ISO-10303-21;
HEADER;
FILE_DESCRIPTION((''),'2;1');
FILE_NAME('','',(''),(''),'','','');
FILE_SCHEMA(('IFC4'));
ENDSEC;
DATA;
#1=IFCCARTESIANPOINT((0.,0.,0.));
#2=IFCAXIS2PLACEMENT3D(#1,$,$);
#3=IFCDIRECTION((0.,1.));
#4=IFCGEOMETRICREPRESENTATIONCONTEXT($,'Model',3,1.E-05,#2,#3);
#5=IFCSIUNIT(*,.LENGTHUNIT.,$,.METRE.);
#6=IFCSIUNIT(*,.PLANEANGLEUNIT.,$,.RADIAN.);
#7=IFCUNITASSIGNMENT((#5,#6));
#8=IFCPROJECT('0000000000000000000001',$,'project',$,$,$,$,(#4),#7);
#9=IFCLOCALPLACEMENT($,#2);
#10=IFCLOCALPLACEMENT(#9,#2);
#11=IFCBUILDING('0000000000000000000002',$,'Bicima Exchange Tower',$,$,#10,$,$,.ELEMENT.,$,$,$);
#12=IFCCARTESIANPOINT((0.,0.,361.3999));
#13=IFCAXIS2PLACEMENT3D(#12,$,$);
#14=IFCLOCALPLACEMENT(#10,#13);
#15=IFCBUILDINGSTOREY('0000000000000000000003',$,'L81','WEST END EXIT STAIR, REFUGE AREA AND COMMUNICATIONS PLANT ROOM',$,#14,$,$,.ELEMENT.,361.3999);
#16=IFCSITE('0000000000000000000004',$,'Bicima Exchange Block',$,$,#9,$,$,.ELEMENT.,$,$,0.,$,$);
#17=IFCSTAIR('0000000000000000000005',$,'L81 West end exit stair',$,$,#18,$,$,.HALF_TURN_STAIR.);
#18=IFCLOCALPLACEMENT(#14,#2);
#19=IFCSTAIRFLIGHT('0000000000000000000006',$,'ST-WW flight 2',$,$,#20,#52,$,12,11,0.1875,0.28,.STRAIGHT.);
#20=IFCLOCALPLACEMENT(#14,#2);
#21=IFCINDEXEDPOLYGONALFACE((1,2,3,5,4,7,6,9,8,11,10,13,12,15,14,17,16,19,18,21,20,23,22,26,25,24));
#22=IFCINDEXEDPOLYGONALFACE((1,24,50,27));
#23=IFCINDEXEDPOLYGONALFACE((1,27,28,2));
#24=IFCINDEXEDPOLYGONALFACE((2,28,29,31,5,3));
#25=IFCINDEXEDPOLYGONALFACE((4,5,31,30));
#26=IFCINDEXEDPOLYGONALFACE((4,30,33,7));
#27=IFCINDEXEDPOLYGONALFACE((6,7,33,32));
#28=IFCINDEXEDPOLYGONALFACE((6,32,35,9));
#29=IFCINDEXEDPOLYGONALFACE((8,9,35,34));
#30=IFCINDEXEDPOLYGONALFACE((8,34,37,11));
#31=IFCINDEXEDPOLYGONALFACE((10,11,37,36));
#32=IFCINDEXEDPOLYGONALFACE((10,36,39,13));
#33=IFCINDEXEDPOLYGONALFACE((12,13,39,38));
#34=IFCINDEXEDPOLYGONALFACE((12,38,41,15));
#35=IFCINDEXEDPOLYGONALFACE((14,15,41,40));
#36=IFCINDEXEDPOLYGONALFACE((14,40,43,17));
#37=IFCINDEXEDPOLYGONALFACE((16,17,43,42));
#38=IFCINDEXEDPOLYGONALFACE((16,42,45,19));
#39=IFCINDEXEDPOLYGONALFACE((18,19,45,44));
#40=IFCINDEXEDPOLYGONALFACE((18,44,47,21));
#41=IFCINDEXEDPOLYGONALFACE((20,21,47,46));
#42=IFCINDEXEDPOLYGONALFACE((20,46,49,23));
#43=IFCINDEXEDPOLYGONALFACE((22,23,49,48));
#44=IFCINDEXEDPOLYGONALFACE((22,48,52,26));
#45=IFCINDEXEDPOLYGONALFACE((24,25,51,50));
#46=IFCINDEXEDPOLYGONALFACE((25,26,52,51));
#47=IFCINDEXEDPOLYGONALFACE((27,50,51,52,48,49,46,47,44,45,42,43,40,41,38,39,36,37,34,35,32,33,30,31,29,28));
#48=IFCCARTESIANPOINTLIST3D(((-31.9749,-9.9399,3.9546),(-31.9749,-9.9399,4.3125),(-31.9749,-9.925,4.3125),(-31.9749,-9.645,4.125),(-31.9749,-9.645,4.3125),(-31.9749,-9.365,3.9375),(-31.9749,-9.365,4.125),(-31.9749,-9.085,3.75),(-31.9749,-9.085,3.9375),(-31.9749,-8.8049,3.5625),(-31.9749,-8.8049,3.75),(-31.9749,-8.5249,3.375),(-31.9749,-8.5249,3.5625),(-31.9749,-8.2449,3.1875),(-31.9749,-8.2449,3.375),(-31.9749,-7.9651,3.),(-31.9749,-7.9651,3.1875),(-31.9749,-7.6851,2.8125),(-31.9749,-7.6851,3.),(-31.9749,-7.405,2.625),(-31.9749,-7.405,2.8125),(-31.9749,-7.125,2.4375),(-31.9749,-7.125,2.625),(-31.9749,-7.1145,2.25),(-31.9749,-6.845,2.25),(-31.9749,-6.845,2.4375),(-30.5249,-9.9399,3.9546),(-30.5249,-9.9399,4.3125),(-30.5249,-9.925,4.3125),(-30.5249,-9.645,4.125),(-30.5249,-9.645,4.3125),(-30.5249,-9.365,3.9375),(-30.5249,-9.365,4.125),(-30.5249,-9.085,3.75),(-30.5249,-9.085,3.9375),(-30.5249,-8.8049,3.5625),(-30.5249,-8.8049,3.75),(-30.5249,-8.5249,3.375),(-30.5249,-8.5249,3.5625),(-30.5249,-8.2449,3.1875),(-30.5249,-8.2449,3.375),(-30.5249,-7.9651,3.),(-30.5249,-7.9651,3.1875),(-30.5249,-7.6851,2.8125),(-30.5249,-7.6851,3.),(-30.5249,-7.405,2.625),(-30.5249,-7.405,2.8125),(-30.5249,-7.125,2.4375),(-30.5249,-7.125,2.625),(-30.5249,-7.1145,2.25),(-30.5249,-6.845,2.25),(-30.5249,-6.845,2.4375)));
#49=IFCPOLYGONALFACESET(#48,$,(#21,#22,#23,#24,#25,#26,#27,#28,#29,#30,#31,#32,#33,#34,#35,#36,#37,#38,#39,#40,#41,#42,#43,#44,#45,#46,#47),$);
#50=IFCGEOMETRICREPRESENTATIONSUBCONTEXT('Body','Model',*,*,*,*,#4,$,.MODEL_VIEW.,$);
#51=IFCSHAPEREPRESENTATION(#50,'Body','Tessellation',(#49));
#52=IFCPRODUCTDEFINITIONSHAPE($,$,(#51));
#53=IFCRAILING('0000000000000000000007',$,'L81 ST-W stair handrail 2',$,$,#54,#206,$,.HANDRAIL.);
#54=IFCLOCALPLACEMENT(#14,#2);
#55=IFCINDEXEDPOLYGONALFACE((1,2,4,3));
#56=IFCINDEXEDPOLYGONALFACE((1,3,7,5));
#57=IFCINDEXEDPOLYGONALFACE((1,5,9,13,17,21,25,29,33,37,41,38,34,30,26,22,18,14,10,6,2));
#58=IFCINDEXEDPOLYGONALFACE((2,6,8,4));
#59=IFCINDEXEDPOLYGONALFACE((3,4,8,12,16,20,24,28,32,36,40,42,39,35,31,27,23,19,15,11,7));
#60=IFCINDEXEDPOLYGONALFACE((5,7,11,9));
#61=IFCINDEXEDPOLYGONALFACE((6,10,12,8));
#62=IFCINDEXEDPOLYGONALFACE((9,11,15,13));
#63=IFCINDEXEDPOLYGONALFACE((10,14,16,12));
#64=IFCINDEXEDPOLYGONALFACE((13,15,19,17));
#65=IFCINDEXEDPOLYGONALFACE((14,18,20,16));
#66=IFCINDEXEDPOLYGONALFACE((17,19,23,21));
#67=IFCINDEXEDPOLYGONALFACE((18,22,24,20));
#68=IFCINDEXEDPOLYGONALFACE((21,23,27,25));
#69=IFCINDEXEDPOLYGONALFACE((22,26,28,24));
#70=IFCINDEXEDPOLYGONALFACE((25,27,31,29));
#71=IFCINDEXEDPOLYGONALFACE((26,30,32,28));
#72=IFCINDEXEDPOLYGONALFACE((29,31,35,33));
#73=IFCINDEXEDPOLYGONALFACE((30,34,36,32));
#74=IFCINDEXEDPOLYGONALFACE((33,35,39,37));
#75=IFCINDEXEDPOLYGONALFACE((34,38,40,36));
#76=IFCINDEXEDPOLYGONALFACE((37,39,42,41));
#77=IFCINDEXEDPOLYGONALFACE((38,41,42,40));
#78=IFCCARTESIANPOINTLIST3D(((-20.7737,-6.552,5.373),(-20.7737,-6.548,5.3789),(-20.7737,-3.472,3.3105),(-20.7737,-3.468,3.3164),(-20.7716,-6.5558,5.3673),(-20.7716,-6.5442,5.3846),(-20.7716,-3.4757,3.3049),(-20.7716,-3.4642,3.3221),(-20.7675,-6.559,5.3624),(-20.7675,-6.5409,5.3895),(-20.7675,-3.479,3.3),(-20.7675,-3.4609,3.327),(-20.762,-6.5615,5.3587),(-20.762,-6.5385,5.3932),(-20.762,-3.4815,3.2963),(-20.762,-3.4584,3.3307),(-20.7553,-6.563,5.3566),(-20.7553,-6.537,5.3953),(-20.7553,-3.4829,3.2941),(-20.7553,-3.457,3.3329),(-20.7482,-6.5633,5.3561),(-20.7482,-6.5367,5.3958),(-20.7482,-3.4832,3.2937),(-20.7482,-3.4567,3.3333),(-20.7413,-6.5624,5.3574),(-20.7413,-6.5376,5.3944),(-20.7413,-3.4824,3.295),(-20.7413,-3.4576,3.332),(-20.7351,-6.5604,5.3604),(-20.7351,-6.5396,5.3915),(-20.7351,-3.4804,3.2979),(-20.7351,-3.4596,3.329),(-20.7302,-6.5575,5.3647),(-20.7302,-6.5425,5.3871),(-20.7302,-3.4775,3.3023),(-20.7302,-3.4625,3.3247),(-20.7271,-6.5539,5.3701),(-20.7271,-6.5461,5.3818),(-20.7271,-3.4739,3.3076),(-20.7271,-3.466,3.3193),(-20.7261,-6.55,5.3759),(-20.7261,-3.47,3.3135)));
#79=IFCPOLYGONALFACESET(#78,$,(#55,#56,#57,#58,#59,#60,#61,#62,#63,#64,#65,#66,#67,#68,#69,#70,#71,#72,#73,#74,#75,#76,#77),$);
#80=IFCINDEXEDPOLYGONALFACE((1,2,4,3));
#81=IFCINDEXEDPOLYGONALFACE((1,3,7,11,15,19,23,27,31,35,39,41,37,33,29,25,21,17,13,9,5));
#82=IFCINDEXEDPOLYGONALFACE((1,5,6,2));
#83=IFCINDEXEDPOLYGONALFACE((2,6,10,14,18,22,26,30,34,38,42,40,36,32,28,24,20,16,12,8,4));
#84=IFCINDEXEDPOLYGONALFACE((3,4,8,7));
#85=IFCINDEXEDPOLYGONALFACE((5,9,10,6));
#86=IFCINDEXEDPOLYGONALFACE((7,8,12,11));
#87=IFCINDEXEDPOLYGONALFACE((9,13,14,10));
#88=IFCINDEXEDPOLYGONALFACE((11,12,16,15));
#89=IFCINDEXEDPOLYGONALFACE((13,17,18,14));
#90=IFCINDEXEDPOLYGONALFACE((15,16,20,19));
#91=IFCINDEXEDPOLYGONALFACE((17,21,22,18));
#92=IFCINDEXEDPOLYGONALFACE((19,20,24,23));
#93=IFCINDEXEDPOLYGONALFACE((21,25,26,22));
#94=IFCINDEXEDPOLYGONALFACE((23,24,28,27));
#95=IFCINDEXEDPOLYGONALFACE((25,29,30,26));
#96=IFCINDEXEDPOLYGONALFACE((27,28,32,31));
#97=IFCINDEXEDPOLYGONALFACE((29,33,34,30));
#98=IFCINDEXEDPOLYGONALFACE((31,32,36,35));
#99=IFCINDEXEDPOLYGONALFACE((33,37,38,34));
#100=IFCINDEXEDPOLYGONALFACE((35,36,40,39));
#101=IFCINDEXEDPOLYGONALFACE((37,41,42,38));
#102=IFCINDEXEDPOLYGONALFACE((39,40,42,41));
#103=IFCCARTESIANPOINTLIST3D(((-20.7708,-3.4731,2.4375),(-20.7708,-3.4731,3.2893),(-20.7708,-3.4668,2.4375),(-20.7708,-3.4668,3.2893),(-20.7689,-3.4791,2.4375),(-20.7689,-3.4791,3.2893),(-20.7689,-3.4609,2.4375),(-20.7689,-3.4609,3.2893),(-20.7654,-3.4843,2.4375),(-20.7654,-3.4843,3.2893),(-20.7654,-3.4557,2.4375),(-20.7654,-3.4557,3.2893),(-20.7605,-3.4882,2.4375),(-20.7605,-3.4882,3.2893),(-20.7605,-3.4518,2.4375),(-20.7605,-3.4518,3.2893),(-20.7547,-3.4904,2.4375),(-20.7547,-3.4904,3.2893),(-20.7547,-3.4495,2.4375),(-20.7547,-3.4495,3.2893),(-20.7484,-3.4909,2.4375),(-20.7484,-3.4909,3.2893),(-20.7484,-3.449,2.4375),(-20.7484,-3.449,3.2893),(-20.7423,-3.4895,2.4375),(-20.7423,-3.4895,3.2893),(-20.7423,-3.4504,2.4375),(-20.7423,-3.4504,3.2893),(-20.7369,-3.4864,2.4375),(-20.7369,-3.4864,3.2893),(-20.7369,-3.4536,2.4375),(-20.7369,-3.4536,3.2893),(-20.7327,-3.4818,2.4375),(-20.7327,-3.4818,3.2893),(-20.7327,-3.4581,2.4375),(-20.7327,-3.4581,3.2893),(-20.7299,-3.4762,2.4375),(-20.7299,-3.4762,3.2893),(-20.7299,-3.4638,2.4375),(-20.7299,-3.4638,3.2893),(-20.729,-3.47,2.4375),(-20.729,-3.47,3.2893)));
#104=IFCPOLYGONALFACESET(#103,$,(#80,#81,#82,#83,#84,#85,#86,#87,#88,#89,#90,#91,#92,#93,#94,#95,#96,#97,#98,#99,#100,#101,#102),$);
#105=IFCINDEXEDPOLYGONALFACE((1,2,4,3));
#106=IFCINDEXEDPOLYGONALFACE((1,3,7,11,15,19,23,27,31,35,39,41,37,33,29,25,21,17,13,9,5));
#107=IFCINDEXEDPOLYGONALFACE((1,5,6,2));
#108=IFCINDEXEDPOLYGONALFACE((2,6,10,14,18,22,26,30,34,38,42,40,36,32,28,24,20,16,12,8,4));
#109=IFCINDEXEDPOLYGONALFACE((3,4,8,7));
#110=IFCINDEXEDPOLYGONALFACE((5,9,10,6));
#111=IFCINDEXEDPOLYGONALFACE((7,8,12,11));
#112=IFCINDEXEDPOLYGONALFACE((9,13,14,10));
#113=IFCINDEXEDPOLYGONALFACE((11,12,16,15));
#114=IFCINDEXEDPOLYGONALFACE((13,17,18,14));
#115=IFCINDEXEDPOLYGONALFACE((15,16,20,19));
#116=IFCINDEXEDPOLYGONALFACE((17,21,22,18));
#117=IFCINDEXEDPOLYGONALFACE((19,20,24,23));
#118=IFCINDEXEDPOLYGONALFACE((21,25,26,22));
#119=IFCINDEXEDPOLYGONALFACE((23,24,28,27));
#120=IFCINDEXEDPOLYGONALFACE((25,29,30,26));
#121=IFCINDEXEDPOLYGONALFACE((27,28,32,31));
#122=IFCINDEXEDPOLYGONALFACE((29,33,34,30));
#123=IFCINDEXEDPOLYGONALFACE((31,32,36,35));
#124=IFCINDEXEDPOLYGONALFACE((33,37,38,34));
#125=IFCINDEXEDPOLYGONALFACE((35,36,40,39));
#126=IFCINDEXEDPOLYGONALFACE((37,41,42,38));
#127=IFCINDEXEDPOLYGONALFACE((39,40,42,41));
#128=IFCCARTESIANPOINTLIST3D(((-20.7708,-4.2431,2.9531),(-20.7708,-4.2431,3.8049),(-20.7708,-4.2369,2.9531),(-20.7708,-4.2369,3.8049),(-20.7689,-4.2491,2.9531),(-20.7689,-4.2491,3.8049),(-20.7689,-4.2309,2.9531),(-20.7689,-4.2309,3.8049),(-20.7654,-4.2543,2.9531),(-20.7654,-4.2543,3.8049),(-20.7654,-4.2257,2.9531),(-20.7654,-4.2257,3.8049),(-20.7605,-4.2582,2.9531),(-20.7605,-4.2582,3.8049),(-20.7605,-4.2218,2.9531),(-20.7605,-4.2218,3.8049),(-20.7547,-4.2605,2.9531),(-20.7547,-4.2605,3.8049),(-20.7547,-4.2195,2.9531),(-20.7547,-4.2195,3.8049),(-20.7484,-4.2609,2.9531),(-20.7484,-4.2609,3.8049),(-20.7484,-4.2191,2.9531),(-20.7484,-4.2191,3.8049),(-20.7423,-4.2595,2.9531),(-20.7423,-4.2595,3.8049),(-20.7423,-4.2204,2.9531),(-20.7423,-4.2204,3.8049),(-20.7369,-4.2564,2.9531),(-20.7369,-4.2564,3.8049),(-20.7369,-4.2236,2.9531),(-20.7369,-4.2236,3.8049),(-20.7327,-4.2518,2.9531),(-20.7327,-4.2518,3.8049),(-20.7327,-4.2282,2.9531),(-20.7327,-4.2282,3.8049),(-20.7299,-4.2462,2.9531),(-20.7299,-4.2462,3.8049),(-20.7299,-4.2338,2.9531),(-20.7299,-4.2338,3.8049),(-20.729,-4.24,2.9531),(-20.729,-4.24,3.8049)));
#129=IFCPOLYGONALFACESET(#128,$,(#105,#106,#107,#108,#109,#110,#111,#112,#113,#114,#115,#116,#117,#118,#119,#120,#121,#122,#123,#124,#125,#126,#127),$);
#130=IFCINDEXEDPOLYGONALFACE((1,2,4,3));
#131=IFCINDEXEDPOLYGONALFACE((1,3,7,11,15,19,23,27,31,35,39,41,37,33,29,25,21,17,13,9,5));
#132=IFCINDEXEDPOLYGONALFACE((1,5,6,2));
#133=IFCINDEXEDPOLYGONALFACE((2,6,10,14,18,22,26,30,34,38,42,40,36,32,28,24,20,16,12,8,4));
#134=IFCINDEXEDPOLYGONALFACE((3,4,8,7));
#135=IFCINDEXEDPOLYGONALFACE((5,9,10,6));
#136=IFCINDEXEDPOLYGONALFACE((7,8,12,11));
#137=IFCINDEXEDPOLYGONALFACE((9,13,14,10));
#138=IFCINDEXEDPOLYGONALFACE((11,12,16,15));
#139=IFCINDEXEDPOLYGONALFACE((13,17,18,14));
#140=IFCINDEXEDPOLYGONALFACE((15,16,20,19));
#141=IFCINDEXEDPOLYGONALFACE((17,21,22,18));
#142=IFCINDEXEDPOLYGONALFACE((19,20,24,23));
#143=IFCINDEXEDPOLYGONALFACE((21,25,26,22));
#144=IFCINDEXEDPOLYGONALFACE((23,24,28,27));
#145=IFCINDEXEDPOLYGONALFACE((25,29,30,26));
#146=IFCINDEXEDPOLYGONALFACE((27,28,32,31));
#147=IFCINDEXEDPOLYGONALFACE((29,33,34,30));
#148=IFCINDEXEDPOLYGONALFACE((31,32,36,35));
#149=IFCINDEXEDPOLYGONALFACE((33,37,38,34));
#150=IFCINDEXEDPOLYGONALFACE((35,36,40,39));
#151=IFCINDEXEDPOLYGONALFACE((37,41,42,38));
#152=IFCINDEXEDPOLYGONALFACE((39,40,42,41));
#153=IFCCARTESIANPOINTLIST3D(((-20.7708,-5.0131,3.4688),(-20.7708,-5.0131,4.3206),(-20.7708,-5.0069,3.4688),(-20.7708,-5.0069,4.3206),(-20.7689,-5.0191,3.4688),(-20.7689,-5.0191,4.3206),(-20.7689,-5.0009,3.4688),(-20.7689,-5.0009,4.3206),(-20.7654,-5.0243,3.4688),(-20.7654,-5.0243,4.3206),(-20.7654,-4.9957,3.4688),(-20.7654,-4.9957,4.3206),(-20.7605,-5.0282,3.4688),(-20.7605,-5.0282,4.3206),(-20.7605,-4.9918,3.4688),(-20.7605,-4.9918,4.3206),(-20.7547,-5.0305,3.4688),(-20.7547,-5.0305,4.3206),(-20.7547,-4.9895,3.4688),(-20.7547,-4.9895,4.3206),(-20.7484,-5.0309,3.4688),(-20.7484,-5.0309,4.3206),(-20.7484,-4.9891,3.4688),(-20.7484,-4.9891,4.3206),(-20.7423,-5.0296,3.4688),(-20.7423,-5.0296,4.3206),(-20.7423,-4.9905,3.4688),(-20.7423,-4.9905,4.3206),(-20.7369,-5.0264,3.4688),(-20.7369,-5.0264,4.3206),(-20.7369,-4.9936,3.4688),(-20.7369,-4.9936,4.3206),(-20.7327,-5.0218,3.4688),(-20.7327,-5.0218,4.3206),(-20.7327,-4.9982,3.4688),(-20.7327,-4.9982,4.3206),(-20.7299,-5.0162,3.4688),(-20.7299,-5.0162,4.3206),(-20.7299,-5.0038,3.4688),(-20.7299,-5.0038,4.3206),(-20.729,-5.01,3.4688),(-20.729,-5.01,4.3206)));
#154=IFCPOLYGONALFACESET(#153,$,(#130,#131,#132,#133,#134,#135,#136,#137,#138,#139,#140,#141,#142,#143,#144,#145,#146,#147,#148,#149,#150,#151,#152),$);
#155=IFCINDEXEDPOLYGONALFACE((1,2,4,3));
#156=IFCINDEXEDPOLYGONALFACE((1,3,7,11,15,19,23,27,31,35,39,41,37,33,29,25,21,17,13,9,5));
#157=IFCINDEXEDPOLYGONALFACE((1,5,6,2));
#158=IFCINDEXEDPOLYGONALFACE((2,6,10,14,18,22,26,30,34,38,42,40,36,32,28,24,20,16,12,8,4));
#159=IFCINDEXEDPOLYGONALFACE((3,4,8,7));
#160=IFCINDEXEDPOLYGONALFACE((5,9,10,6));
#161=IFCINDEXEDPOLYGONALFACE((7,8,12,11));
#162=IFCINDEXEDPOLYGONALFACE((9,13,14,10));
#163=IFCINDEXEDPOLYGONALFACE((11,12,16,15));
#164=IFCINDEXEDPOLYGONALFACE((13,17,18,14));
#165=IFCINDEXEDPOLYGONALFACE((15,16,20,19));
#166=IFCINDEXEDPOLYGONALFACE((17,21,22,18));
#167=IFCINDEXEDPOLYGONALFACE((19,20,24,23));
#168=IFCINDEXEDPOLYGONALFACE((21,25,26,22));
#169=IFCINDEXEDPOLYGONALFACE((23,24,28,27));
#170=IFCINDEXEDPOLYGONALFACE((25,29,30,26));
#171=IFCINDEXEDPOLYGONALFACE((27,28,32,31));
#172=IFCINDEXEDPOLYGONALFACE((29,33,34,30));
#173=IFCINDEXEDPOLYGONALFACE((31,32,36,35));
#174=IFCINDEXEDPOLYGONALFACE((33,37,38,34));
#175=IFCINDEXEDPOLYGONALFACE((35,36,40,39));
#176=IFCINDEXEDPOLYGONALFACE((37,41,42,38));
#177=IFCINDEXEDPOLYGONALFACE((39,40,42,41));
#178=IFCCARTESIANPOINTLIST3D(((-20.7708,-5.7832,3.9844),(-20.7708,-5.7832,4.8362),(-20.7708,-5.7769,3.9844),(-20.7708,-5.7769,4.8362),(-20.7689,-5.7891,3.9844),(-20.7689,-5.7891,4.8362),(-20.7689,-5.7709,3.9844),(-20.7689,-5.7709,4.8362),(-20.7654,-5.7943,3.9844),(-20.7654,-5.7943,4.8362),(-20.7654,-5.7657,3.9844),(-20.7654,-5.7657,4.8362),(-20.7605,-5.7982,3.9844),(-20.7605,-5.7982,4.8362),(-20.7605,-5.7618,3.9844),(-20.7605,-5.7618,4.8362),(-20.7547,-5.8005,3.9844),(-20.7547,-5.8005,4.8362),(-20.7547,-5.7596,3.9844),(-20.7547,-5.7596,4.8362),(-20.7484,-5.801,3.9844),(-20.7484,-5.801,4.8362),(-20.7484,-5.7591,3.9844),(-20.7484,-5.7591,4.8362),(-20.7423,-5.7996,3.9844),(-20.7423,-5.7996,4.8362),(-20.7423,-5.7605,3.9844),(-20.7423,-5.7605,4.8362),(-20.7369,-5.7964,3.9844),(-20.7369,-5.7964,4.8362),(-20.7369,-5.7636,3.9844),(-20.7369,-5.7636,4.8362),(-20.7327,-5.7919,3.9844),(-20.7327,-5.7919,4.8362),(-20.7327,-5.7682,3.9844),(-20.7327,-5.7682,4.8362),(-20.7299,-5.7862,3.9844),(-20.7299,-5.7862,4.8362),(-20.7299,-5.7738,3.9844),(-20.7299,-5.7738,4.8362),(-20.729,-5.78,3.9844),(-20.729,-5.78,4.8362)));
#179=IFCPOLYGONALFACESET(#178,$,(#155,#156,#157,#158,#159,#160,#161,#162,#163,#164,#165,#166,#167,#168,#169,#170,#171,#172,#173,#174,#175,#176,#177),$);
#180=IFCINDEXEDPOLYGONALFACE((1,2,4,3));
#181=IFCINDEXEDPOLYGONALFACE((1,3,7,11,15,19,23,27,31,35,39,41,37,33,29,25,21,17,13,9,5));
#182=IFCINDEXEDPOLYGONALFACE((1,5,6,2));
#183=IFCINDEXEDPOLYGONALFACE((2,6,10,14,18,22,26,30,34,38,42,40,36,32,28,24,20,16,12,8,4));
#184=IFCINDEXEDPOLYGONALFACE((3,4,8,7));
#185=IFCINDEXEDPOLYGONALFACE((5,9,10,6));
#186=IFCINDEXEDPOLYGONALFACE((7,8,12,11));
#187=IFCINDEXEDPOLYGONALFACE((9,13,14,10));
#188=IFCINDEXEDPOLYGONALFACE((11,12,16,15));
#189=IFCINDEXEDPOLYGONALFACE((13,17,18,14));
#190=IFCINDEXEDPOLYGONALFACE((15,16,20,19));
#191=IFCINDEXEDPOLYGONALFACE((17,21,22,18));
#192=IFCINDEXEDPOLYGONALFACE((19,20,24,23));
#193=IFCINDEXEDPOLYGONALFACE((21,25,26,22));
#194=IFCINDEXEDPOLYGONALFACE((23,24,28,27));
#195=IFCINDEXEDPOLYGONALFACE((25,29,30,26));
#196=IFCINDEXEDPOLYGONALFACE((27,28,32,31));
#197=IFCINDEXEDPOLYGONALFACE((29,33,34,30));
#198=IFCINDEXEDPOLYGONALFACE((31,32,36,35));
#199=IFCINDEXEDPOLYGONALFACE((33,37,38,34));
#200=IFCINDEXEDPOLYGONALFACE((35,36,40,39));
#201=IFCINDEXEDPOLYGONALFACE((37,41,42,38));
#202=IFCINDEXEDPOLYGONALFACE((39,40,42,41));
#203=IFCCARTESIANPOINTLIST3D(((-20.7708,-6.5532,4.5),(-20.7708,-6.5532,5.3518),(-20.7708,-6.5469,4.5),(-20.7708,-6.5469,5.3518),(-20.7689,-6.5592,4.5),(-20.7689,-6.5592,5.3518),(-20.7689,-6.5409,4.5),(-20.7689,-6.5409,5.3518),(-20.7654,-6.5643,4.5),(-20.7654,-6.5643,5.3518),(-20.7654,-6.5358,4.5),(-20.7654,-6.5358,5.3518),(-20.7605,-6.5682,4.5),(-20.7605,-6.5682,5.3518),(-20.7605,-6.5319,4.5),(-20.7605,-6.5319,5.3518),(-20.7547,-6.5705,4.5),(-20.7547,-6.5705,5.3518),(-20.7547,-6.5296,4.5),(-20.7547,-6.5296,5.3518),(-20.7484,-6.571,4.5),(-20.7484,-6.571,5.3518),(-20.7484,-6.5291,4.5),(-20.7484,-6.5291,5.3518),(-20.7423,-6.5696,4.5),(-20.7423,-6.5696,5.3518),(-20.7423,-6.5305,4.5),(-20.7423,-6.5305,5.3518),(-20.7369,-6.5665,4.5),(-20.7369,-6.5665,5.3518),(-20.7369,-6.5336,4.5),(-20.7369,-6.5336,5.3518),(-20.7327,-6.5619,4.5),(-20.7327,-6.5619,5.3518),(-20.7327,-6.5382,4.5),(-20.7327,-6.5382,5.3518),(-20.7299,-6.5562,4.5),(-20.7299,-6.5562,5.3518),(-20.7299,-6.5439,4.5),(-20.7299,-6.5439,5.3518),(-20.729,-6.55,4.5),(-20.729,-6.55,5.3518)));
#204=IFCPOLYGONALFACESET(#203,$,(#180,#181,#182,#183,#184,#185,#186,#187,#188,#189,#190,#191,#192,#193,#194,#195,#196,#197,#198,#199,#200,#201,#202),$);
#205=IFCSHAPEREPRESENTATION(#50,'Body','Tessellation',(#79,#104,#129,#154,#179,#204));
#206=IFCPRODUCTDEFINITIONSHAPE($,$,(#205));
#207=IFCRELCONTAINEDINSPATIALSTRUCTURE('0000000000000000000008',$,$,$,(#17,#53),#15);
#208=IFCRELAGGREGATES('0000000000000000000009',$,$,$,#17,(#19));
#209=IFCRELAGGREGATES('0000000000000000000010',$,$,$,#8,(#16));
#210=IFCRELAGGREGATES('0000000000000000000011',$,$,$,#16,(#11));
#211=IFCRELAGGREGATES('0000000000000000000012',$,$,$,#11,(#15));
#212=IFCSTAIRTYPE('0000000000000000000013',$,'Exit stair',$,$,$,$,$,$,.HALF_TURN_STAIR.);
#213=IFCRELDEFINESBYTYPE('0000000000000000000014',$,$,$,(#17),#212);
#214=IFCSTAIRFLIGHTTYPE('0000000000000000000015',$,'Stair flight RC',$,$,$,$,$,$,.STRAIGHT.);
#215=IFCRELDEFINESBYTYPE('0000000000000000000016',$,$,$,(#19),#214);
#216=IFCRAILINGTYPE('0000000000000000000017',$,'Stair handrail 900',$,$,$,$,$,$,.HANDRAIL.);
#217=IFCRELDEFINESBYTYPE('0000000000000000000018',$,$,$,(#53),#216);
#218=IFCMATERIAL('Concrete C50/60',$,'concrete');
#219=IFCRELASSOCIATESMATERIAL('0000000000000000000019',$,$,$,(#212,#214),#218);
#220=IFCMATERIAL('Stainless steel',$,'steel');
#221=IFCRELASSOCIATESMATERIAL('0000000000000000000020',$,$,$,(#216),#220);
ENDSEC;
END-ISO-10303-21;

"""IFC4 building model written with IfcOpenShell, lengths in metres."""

from ifc_helpers import new_model, si_unit, direction, frame, origin, origin_2d, place, context, subcontext, project, spatial, polyline, circle, outline, extrude, material, type_object, element, aggregate, save


model = new_model("IFC4")

# Units and contexts
model_context = context("Model", 3, precision=1e-05, world=origin(), true_north=direction((0.0, 1.0)))
body_context = subcontext(model_context, "Body", "Model", "MODEL_VIEW")
ifc_project = project(units=[si_unit("LENGTHUNIT", "METRE"), si_unit("PLANEANGLEUNIT", "RADIAN")], contexts=[model_context])

# Site, building, storey
site_placement = place(None, origin())
site = spatial("IfcSite", under=ifc_project, at=site_placement, Name="Bicima Exchange Block", CompositionType="ELEMENT", RefElevation=0.0)
building_placement = place(site_placement, origin())
building = spatial("IfcBuilding", under=site, at=building_placement, Name="Bicima Exchange Tower", CompositionType="ELEMENT")
storey_placement = place(building_placement, frame((0.0, 0.0, 361.3999)))
storey = spatial("IfcBuildingStorey", under=building, at=storey_placement, Name="L81", Description="WEST END EXIT STAIR, REFUGE AREA AND COMMUNICATIONS PLANT ROOM", CompositionType="ELEMENT", Elevation=361.3999)

# Shared definitions
ifc_material_1 = material(Name="Concrete C50/60", Category="concrete")

# Stair, stair flight
stair_type = type_object("IfcStairType", Name="Exit stair", PredefinedType="HALF_TURN_STAIR", material=ifc_material_1)
stair_placement = place(storey_placement, origin())
stair = element("IfcStair", 1, at=stair_placement, inside=storey, type_object=stair_type, Name="L81 West end exit stair", PredefinedType="HALF_TURN_STAIR")
stair_flight_type = type_object("IfcStairFlightType", Name="Stair flight RC", PredefinedType="STRAIGHT", material=ifc_material_1)
stair_flight_1_placement = place(storey_placement, frame((-31.25, -6.845, 2.25), z_axis=(0.0, 0.0, 1.0), x_axis=(0.0, -1.0, 0.0)))
stair_flight_1 = element("IfcStairFlight", 2, at=stair_flight_1_placement, type_object=stair_flight_type, Name="ST-WW flight 2", NumberOfRisers=12, NumberOfTreads=11, PredefinedType="STRAIGHT", RiserHeight=0.1875, TreadLength=0.28, context=body_context, shape_type="SweptSolid", body=[
    extrude(outline(polyline([(0.0, 0.0), (0.0, 0.1875), (0.28, 0.1875), (0.28, 0.375), (0.5601, 0.375), (0.5601, 0.5625), (0.8401, 0.5625), (0.8401, 0.75), (1.1201, 0.75), (1.1201, 0.9375), (1.3999, 0.9375), (1.3999, 1.125), (1.6799, 1.125), (1.6799, 1.3125), (1.96, 1.3125), (1.96, 1.5), (2.24, 1.5), (2.24, 1.6875), (2.52, 1.6875), (2.52, 1.875), (2.8, 1.875), (2.8, 2.0625), (3.0801, 2.0625), (3.095, 2.0625), (3.095, 1.7046), (0.2695, 0.0), (0.0, 0.0)])), frame((0.0, 0.7251, 0.0), z_axis=(0.0, -1.0, 0.0), x_axis=(1.0, 0.0, 0.0)), (0.0, 0.0, 1.0), 1.45),
])
aggregate(stair, [stair_flight_1])

# Railing
ifc_material_2 = material(Name="Stainless steel", Category="steel")
railing_type_1 = type_object("IfcRailingType", Name="Stair handrail 900", PredefinedType="HANDRAIL", material=ifc_material_2)
railing_1_placement = place(storey_placement, frame((-20.75, -3.47, 2.4375)))
element("IfcRailing", 3, at=railing_1_placement, inside=storey, type_object=railing_type_1, Name="L81 ST-W stair handrail 2", PredefinedType="HANDRAIL", context=body_context, shape_type="SweptSolid", body=[
    extrude(circle(Radius=0.0239, at=origin_2d()), frame((0.0, 0.0, 0.876), z_axis=(0.0, -0.830914, 0.556401), x_axis=(1.0, 0.0, 0.0)), (0.0, 0.0, 1.0), 3.7068),
    extrude(circle(Radius=0.021, at=origin_2d()), origin(), (0.0, 0.0, 1.0), 0.8518),
    extrude(circle(Radius=0.021, at=origin_2d()), frame((0.0, -0.77, 0.5156)), (0.0, 0.0, 1.0), 0.8518),
    extrude(circle(Radius=0.021, at=origin_2d()), frame((0.0, -1.54, 1.0312)), (0.0, 0.0, 1.0), 0.8518),
    extrude(circle(Radius=0.021, at=origin_2d()), frame((0.0, -2.3101, 1.5469)), (0.0, 0.0, 1.0), 0.8518),
    extrude(circle(Radius=0.021, at=origin_2d()), frame((0.0, -3.0801, 2.0625)), (0.0, 0.0, 1.0), 0.8518),
])

save(model, "model.ifc")
